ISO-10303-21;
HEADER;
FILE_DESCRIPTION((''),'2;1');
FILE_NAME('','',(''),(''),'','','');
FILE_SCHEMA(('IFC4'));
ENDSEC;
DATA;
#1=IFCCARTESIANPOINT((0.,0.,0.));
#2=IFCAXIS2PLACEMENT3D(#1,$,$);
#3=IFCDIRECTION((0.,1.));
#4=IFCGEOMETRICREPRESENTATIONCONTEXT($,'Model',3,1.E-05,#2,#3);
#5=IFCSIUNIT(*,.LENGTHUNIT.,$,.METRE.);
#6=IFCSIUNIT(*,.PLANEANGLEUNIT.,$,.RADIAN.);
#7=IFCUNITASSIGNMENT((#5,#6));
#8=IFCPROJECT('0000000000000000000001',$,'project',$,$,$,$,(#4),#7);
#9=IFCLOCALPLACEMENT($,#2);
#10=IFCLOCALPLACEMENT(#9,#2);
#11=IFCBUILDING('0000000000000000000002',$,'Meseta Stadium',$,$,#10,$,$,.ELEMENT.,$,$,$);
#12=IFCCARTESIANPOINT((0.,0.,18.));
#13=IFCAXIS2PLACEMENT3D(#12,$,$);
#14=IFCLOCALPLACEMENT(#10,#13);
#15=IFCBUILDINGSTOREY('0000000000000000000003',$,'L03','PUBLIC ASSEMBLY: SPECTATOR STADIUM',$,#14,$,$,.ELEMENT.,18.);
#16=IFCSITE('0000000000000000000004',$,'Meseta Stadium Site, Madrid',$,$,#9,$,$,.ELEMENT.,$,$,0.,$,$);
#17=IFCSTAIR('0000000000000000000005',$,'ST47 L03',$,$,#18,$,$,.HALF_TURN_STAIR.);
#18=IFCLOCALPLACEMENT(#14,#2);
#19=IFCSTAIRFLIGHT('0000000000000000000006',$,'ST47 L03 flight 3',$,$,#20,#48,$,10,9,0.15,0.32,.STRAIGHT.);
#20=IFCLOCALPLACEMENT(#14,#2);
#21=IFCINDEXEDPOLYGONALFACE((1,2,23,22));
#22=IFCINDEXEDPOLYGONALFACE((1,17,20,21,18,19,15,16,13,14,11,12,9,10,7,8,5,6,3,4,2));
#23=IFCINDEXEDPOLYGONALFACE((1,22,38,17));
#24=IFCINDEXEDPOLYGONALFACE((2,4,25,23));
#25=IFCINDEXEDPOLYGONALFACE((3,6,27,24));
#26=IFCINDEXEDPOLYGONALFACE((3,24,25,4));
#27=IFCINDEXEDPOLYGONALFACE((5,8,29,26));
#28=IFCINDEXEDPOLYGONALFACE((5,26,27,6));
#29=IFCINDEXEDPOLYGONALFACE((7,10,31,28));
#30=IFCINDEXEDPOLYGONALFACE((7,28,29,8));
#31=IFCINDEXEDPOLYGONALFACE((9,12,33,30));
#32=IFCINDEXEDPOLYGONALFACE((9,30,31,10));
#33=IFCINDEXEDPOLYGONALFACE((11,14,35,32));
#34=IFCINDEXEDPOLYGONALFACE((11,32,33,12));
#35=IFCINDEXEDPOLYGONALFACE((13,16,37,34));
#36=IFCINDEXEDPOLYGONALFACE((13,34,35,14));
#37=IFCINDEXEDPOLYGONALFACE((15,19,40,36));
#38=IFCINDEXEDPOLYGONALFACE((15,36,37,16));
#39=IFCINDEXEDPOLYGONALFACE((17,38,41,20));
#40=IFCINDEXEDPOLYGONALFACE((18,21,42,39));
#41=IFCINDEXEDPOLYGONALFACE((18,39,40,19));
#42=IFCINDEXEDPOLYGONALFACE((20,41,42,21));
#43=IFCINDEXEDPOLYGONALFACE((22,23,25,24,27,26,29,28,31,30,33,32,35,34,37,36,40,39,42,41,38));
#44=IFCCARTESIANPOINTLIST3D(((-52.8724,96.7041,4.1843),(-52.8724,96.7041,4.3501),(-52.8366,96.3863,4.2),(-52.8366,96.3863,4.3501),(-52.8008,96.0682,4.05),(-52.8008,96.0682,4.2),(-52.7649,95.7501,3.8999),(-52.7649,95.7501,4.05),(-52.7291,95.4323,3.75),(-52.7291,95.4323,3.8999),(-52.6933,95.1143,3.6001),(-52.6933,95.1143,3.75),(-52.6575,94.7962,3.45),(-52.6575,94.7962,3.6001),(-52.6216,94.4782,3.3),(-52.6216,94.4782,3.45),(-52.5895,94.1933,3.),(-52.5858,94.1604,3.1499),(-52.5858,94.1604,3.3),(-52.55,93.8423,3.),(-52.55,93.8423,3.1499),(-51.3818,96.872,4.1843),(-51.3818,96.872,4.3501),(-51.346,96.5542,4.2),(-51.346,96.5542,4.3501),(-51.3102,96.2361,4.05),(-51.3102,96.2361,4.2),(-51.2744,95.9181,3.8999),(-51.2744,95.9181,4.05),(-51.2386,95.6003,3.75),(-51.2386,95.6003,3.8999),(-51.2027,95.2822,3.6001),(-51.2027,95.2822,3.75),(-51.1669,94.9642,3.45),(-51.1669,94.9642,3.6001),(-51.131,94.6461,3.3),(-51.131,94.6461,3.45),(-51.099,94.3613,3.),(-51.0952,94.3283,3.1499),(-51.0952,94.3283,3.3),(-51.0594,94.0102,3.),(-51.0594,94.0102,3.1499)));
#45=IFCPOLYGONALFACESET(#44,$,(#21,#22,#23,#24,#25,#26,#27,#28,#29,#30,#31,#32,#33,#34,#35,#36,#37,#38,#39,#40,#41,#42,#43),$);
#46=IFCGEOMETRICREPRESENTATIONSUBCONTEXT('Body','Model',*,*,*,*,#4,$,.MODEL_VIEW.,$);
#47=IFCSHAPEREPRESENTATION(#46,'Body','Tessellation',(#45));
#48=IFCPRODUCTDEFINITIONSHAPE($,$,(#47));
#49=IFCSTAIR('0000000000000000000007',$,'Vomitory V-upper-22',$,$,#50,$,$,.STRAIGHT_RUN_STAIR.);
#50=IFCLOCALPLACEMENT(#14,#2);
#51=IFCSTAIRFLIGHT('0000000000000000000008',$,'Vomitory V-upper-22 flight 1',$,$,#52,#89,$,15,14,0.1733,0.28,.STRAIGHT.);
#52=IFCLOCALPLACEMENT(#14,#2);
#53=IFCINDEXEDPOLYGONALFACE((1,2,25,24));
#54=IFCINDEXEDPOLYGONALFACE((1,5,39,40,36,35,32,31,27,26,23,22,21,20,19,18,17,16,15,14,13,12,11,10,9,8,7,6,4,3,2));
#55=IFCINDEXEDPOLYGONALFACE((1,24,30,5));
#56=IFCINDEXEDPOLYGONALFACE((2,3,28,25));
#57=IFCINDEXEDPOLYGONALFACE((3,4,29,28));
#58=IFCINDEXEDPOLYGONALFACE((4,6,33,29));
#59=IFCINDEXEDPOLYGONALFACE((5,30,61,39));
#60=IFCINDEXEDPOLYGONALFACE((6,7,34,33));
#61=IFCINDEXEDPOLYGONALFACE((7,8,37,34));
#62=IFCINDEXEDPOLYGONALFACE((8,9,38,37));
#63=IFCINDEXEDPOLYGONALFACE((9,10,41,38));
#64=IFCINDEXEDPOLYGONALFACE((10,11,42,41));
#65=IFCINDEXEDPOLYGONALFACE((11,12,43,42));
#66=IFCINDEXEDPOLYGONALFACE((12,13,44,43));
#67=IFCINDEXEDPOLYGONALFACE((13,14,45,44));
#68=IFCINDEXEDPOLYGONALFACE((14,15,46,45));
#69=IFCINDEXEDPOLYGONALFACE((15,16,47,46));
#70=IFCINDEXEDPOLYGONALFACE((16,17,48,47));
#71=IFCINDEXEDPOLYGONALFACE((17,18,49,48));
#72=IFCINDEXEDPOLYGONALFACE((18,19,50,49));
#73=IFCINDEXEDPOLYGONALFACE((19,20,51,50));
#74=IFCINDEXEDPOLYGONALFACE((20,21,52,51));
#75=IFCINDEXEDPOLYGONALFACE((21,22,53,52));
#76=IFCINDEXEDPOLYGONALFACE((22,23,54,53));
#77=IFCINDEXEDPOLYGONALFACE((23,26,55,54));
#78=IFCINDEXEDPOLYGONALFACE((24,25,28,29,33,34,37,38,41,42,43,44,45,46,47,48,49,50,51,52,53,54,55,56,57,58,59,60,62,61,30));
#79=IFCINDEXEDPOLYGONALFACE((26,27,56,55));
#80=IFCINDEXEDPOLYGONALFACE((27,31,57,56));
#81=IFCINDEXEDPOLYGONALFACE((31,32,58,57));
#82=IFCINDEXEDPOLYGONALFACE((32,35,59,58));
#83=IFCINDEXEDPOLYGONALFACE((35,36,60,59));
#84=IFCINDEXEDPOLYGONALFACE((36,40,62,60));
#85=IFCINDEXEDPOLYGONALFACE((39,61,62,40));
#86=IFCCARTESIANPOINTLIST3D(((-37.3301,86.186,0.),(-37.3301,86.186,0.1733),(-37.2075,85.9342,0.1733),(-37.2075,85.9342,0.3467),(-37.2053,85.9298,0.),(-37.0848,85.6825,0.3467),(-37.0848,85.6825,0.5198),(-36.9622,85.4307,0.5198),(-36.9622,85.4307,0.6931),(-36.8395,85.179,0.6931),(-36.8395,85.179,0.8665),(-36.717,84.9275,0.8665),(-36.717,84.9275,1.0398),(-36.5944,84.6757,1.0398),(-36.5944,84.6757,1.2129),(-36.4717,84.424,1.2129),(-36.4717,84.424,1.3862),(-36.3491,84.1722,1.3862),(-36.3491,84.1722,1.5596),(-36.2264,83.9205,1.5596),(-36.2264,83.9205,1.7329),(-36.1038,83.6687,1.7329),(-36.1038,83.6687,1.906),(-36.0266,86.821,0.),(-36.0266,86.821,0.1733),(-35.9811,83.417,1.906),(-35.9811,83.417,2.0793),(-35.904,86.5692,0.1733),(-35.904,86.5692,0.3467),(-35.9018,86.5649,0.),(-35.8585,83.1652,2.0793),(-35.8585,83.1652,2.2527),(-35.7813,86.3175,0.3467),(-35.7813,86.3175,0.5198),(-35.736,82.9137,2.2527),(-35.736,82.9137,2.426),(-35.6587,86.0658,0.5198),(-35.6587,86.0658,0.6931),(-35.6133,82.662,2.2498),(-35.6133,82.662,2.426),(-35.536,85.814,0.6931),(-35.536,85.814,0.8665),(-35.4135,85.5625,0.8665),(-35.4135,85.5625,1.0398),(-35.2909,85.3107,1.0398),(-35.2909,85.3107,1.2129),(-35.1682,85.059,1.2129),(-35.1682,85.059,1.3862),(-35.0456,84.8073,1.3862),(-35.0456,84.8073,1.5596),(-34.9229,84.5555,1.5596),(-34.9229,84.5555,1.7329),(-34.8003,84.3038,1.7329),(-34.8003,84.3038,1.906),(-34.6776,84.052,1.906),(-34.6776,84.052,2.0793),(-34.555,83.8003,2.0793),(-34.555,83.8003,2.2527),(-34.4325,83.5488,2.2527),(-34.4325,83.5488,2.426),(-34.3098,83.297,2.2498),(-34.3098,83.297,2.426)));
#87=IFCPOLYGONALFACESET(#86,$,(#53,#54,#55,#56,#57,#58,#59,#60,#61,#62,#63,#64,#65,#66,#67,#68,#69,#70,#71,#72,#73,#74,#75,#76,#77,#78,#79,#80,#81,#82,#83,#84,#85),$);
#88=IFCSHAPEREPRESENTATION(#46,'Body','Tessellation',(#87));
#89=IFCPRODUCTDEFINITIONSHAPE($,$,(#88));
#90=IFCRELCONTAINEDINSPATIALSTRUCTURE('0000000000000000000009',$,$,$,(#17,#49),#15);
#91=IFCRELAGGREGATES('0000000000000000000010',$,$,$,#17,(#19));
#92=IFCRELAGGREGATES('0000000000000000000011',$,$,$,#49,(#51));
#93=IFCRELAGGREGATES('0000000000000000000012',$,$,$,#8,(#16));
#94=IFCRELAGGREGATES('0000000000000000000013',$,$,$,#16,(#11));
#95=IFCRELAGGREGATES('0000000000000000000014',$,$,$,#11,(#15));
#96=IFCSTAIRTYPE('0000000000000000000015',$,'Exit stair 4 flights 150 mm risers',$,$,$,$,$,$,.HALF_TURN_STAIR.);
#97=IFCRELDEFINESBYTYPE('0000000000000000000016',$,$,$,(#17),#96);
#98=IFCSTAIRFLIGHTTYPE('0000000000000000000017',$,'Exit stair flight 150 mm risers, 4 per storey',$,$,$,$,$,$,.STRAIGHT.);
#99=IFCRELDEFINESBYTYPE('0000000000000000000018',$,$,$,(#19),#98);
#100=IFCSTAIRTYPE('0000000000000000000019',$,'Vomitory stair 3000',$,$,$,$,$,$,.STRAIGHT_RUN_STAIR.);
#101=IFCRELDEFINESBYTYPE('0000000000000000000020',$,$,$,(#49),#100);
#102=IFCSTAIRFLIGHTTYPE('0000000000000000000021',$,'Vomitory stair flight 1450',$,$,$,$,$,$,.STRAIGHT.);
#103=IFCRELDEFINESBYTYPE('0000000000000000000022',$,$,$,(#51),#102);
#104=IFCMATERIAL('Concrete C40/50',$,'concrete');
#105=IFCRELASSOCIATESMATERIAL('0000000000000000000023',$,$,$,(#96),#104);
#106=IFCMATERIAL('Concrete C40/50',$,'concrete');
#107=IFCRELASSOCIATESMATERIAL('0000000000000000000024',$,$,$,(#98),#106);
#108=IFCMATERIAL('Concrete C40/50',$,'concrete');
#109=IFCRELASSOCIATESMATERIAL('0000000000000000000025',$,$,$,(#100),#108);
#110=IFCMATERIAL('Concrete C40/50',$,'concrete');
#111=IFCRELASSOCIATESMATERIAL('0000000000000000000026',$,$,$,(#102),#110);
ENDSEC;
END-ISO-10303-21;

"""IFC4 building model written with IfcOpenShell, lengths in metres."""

from ifc_helpers import new_model, si_unit, direction, frame, origin, place, context, subcontext, project, spatial, polyline, outline, extrude, material, type_object, element, aggregate, save


model = new_model("IFC4")

# Units and contexts
model_context = context("Model", 3, precision=1e-05, world=origin(), true_north=direction((0.0, 1.0)))
body_context = subcontext(model_context, "Body", "Model", "MODEL_VIEW")
ifc_project = project(units=[si_unit("LENGTHUNIT", "METRE"), si_unit("PLANEANGLEUNIT", "RADIAN")], contexts=[model_context])

# Site, building, storey
site_placement = place(None, origin())
site = spatial("IfcSite", under=ifc_project, at=site_placement, Name="Meseta Stadium Site, Madrid", CompositionType="ELEMENT", RefElevation=0.0)
building_placement = place(site_placement, origin())
building = spatial("IfcBuilding", under=site, at=building_placement, Name="Meseta Stadium", CompositionType="ELEMENT")
storey_placement = place(building_placement, frame((0.0, 0.0, 18.0)))
storey = spatial("IfcBuildingStorey", under=building, at=storey_placement, Name="L03", Description="PUBLIC ASSEMBLY: SPECTATOR STADIUM", CompositionType="ELEMENT", Elevation=18.0)

# Stair, stair flight
ifc_material_1 = material(Name="Concrete C40/50", Category="concrete")
stair_type_1 = type_object("IfcStairType", Name="Exit stair 4 flights 150 mm risers", PredefinedType="HALF_TURN_STAIR", material=ifc_material_1)
stair_1_placement = place(storey_placement, origin())
stair_1 = element("IfcStair", 1, at=stair_1_placement, inside=storey, type_object=stair_type_1, Name="ST47 L03", PredefinedType="HALF_TURN_STAIR")
ifc_material_2 = material(Name="Concrete C40/50", Category="concrete")
stair_flight_type_1 = type_object("IfcStairFlightType", Name="Exit stair flight 150 mm risers, 4 per storey", PredefinedType="STRAIGHT", material=ifc_material_2)
stair_flight_1_placement = place(storey_placement, frame((-51.8047, 93.9263, 3.0), z_axis=(0.0, 0.0, 1.0), x_axis=(-0.111964, 0.993712, 0.0)))
stair_flight_1 = element("IfcStairFlight", 2, at=stair_flight_1_placement, type_object=stair_flight_type_1, Name="ST47 L03 flight 3", NumberOfRisers=10, NumberOfTreads=9, PredefinedType="STRAIGHT", RiserHeight=0.15, TreadLength=0.32, context=body_context, shape_type="SweptSolid", body=[
    extrude(outline(polyline([(0.0, 0.0), (0.0, 0.1499), (0.3201, 0.1499), (0.3201, 0.3), (0.6399, 0.3), (0.6399, 0.45), (0.96, 0.45), (0.96, 0.6001), (1.28, 0.6001), (1.28, 0.75), (1.6001, 0.75), (1.6001, 0.8999), (1.9199, 0.8999), (1.9199, 1.05), (2.24, 1.05), (2.24, 1.2), (2.5601, 1.2), (2.5601, 1.3501), (2.8799, 1.3501), (2.8799, 1.1843), (0.3533, 0.0), (0.0, 0.0)])), frame((0.0, 0.75, 0.0), z_axis=(0.0, -1.0, 0.0), x_axis=(1.0, 0.0, 0.0)), (0.0, 0.0, 1.0), 1.5),
])
aggregate(stair_1, [stair_flight_1])

# Stair, stair flight
ifc_material_3 = material(Name="Concrete C40/50", Category="concrete")
stair_type_2 = type_object("IfcStairType", Name="Vomitory stair 3000", PredefinedType="STRAIGHT_RUN_STAIR", material=ifc_material_3)
stair_2_placement = place(storey_placement, origin())
stair_2 = element("IfcStair", 3, at=stair_2_placement, inside=storey, type_object=stair_type_2, Name="Vomitory V-upper-22", PredefinedType="STRAIGHT_RUN_STAIR")
ifc_material_4 = material(Name="Concrete C40/50", Category="concrete")
stair_flight_type_2 = type_object("IfcStairFlightType", Name="Vomitory stair flight 1450", PredefinedType="STRAIGHT", material=ifc_material_4)
stair_flight_2_placement = place(storey_placement, frame((-36.6785, 86.5034, 0.0), z_axis=(0.0, 0.0, 1.0), x_axis=(0.437966, -0.898991, 0.0)))
stair_flight_2 = element("IfcStairFlight", 4, at=stair_flight_2_placement, type_object=stair_flight_type_2, Name="Vomitory V-upper-22 flight 1", NumberOfRisers=15, NumberOfTreads=14, PredefinedType="STRAIGHT", RiserHeight=0.1733, TreadLength=0.28, context=body_context, shape_type="SweptSolid", body=[
    extrude(outline(polyline([(0.0, 0.0), (0.0, 0.1733), (0.28, 0.1733), (0.28, 0.3467), (0.5601, 0.3467), (0.5601, 0.5198), (0.8401, 0.5198), (0.8401, 0.6931), (1.1201, 0.6931), (1.1201, 0.8665), (1.3999, 0.8665), (1.3999, 1.0398), (1.6799, 1.0398), (1.6799, 1.2129), (1.96, 1.2129), (1.96, 1.3862), (2.24, 1.3862), (2.24, 1.5596), (2.52, 1.5596), (2.52, 1.7329), (2.8, 1.7329), (2.8, 1.906), (3.0801, 1.906), (3.0801, 2.0793), (3.3601, 2.0793), (3.3601, 2.2527), (3.6399, 2.2527), (3.6399, 2.426), (3.9199, 2.426), (3.9199, 2.2498), (0.2849, 0.0), (0.0, 0.0)])), frame((0.0, 0.7251, 0.0), z_axis=(0.0, -1.0, 0.0), x_axis=(1.0, 0.0, 0.0)), (0.0, 0.0, 1.0), 1.45),
])
aggregate(stair_2, [stair_flight_2])

save(model, "model.ifc")
